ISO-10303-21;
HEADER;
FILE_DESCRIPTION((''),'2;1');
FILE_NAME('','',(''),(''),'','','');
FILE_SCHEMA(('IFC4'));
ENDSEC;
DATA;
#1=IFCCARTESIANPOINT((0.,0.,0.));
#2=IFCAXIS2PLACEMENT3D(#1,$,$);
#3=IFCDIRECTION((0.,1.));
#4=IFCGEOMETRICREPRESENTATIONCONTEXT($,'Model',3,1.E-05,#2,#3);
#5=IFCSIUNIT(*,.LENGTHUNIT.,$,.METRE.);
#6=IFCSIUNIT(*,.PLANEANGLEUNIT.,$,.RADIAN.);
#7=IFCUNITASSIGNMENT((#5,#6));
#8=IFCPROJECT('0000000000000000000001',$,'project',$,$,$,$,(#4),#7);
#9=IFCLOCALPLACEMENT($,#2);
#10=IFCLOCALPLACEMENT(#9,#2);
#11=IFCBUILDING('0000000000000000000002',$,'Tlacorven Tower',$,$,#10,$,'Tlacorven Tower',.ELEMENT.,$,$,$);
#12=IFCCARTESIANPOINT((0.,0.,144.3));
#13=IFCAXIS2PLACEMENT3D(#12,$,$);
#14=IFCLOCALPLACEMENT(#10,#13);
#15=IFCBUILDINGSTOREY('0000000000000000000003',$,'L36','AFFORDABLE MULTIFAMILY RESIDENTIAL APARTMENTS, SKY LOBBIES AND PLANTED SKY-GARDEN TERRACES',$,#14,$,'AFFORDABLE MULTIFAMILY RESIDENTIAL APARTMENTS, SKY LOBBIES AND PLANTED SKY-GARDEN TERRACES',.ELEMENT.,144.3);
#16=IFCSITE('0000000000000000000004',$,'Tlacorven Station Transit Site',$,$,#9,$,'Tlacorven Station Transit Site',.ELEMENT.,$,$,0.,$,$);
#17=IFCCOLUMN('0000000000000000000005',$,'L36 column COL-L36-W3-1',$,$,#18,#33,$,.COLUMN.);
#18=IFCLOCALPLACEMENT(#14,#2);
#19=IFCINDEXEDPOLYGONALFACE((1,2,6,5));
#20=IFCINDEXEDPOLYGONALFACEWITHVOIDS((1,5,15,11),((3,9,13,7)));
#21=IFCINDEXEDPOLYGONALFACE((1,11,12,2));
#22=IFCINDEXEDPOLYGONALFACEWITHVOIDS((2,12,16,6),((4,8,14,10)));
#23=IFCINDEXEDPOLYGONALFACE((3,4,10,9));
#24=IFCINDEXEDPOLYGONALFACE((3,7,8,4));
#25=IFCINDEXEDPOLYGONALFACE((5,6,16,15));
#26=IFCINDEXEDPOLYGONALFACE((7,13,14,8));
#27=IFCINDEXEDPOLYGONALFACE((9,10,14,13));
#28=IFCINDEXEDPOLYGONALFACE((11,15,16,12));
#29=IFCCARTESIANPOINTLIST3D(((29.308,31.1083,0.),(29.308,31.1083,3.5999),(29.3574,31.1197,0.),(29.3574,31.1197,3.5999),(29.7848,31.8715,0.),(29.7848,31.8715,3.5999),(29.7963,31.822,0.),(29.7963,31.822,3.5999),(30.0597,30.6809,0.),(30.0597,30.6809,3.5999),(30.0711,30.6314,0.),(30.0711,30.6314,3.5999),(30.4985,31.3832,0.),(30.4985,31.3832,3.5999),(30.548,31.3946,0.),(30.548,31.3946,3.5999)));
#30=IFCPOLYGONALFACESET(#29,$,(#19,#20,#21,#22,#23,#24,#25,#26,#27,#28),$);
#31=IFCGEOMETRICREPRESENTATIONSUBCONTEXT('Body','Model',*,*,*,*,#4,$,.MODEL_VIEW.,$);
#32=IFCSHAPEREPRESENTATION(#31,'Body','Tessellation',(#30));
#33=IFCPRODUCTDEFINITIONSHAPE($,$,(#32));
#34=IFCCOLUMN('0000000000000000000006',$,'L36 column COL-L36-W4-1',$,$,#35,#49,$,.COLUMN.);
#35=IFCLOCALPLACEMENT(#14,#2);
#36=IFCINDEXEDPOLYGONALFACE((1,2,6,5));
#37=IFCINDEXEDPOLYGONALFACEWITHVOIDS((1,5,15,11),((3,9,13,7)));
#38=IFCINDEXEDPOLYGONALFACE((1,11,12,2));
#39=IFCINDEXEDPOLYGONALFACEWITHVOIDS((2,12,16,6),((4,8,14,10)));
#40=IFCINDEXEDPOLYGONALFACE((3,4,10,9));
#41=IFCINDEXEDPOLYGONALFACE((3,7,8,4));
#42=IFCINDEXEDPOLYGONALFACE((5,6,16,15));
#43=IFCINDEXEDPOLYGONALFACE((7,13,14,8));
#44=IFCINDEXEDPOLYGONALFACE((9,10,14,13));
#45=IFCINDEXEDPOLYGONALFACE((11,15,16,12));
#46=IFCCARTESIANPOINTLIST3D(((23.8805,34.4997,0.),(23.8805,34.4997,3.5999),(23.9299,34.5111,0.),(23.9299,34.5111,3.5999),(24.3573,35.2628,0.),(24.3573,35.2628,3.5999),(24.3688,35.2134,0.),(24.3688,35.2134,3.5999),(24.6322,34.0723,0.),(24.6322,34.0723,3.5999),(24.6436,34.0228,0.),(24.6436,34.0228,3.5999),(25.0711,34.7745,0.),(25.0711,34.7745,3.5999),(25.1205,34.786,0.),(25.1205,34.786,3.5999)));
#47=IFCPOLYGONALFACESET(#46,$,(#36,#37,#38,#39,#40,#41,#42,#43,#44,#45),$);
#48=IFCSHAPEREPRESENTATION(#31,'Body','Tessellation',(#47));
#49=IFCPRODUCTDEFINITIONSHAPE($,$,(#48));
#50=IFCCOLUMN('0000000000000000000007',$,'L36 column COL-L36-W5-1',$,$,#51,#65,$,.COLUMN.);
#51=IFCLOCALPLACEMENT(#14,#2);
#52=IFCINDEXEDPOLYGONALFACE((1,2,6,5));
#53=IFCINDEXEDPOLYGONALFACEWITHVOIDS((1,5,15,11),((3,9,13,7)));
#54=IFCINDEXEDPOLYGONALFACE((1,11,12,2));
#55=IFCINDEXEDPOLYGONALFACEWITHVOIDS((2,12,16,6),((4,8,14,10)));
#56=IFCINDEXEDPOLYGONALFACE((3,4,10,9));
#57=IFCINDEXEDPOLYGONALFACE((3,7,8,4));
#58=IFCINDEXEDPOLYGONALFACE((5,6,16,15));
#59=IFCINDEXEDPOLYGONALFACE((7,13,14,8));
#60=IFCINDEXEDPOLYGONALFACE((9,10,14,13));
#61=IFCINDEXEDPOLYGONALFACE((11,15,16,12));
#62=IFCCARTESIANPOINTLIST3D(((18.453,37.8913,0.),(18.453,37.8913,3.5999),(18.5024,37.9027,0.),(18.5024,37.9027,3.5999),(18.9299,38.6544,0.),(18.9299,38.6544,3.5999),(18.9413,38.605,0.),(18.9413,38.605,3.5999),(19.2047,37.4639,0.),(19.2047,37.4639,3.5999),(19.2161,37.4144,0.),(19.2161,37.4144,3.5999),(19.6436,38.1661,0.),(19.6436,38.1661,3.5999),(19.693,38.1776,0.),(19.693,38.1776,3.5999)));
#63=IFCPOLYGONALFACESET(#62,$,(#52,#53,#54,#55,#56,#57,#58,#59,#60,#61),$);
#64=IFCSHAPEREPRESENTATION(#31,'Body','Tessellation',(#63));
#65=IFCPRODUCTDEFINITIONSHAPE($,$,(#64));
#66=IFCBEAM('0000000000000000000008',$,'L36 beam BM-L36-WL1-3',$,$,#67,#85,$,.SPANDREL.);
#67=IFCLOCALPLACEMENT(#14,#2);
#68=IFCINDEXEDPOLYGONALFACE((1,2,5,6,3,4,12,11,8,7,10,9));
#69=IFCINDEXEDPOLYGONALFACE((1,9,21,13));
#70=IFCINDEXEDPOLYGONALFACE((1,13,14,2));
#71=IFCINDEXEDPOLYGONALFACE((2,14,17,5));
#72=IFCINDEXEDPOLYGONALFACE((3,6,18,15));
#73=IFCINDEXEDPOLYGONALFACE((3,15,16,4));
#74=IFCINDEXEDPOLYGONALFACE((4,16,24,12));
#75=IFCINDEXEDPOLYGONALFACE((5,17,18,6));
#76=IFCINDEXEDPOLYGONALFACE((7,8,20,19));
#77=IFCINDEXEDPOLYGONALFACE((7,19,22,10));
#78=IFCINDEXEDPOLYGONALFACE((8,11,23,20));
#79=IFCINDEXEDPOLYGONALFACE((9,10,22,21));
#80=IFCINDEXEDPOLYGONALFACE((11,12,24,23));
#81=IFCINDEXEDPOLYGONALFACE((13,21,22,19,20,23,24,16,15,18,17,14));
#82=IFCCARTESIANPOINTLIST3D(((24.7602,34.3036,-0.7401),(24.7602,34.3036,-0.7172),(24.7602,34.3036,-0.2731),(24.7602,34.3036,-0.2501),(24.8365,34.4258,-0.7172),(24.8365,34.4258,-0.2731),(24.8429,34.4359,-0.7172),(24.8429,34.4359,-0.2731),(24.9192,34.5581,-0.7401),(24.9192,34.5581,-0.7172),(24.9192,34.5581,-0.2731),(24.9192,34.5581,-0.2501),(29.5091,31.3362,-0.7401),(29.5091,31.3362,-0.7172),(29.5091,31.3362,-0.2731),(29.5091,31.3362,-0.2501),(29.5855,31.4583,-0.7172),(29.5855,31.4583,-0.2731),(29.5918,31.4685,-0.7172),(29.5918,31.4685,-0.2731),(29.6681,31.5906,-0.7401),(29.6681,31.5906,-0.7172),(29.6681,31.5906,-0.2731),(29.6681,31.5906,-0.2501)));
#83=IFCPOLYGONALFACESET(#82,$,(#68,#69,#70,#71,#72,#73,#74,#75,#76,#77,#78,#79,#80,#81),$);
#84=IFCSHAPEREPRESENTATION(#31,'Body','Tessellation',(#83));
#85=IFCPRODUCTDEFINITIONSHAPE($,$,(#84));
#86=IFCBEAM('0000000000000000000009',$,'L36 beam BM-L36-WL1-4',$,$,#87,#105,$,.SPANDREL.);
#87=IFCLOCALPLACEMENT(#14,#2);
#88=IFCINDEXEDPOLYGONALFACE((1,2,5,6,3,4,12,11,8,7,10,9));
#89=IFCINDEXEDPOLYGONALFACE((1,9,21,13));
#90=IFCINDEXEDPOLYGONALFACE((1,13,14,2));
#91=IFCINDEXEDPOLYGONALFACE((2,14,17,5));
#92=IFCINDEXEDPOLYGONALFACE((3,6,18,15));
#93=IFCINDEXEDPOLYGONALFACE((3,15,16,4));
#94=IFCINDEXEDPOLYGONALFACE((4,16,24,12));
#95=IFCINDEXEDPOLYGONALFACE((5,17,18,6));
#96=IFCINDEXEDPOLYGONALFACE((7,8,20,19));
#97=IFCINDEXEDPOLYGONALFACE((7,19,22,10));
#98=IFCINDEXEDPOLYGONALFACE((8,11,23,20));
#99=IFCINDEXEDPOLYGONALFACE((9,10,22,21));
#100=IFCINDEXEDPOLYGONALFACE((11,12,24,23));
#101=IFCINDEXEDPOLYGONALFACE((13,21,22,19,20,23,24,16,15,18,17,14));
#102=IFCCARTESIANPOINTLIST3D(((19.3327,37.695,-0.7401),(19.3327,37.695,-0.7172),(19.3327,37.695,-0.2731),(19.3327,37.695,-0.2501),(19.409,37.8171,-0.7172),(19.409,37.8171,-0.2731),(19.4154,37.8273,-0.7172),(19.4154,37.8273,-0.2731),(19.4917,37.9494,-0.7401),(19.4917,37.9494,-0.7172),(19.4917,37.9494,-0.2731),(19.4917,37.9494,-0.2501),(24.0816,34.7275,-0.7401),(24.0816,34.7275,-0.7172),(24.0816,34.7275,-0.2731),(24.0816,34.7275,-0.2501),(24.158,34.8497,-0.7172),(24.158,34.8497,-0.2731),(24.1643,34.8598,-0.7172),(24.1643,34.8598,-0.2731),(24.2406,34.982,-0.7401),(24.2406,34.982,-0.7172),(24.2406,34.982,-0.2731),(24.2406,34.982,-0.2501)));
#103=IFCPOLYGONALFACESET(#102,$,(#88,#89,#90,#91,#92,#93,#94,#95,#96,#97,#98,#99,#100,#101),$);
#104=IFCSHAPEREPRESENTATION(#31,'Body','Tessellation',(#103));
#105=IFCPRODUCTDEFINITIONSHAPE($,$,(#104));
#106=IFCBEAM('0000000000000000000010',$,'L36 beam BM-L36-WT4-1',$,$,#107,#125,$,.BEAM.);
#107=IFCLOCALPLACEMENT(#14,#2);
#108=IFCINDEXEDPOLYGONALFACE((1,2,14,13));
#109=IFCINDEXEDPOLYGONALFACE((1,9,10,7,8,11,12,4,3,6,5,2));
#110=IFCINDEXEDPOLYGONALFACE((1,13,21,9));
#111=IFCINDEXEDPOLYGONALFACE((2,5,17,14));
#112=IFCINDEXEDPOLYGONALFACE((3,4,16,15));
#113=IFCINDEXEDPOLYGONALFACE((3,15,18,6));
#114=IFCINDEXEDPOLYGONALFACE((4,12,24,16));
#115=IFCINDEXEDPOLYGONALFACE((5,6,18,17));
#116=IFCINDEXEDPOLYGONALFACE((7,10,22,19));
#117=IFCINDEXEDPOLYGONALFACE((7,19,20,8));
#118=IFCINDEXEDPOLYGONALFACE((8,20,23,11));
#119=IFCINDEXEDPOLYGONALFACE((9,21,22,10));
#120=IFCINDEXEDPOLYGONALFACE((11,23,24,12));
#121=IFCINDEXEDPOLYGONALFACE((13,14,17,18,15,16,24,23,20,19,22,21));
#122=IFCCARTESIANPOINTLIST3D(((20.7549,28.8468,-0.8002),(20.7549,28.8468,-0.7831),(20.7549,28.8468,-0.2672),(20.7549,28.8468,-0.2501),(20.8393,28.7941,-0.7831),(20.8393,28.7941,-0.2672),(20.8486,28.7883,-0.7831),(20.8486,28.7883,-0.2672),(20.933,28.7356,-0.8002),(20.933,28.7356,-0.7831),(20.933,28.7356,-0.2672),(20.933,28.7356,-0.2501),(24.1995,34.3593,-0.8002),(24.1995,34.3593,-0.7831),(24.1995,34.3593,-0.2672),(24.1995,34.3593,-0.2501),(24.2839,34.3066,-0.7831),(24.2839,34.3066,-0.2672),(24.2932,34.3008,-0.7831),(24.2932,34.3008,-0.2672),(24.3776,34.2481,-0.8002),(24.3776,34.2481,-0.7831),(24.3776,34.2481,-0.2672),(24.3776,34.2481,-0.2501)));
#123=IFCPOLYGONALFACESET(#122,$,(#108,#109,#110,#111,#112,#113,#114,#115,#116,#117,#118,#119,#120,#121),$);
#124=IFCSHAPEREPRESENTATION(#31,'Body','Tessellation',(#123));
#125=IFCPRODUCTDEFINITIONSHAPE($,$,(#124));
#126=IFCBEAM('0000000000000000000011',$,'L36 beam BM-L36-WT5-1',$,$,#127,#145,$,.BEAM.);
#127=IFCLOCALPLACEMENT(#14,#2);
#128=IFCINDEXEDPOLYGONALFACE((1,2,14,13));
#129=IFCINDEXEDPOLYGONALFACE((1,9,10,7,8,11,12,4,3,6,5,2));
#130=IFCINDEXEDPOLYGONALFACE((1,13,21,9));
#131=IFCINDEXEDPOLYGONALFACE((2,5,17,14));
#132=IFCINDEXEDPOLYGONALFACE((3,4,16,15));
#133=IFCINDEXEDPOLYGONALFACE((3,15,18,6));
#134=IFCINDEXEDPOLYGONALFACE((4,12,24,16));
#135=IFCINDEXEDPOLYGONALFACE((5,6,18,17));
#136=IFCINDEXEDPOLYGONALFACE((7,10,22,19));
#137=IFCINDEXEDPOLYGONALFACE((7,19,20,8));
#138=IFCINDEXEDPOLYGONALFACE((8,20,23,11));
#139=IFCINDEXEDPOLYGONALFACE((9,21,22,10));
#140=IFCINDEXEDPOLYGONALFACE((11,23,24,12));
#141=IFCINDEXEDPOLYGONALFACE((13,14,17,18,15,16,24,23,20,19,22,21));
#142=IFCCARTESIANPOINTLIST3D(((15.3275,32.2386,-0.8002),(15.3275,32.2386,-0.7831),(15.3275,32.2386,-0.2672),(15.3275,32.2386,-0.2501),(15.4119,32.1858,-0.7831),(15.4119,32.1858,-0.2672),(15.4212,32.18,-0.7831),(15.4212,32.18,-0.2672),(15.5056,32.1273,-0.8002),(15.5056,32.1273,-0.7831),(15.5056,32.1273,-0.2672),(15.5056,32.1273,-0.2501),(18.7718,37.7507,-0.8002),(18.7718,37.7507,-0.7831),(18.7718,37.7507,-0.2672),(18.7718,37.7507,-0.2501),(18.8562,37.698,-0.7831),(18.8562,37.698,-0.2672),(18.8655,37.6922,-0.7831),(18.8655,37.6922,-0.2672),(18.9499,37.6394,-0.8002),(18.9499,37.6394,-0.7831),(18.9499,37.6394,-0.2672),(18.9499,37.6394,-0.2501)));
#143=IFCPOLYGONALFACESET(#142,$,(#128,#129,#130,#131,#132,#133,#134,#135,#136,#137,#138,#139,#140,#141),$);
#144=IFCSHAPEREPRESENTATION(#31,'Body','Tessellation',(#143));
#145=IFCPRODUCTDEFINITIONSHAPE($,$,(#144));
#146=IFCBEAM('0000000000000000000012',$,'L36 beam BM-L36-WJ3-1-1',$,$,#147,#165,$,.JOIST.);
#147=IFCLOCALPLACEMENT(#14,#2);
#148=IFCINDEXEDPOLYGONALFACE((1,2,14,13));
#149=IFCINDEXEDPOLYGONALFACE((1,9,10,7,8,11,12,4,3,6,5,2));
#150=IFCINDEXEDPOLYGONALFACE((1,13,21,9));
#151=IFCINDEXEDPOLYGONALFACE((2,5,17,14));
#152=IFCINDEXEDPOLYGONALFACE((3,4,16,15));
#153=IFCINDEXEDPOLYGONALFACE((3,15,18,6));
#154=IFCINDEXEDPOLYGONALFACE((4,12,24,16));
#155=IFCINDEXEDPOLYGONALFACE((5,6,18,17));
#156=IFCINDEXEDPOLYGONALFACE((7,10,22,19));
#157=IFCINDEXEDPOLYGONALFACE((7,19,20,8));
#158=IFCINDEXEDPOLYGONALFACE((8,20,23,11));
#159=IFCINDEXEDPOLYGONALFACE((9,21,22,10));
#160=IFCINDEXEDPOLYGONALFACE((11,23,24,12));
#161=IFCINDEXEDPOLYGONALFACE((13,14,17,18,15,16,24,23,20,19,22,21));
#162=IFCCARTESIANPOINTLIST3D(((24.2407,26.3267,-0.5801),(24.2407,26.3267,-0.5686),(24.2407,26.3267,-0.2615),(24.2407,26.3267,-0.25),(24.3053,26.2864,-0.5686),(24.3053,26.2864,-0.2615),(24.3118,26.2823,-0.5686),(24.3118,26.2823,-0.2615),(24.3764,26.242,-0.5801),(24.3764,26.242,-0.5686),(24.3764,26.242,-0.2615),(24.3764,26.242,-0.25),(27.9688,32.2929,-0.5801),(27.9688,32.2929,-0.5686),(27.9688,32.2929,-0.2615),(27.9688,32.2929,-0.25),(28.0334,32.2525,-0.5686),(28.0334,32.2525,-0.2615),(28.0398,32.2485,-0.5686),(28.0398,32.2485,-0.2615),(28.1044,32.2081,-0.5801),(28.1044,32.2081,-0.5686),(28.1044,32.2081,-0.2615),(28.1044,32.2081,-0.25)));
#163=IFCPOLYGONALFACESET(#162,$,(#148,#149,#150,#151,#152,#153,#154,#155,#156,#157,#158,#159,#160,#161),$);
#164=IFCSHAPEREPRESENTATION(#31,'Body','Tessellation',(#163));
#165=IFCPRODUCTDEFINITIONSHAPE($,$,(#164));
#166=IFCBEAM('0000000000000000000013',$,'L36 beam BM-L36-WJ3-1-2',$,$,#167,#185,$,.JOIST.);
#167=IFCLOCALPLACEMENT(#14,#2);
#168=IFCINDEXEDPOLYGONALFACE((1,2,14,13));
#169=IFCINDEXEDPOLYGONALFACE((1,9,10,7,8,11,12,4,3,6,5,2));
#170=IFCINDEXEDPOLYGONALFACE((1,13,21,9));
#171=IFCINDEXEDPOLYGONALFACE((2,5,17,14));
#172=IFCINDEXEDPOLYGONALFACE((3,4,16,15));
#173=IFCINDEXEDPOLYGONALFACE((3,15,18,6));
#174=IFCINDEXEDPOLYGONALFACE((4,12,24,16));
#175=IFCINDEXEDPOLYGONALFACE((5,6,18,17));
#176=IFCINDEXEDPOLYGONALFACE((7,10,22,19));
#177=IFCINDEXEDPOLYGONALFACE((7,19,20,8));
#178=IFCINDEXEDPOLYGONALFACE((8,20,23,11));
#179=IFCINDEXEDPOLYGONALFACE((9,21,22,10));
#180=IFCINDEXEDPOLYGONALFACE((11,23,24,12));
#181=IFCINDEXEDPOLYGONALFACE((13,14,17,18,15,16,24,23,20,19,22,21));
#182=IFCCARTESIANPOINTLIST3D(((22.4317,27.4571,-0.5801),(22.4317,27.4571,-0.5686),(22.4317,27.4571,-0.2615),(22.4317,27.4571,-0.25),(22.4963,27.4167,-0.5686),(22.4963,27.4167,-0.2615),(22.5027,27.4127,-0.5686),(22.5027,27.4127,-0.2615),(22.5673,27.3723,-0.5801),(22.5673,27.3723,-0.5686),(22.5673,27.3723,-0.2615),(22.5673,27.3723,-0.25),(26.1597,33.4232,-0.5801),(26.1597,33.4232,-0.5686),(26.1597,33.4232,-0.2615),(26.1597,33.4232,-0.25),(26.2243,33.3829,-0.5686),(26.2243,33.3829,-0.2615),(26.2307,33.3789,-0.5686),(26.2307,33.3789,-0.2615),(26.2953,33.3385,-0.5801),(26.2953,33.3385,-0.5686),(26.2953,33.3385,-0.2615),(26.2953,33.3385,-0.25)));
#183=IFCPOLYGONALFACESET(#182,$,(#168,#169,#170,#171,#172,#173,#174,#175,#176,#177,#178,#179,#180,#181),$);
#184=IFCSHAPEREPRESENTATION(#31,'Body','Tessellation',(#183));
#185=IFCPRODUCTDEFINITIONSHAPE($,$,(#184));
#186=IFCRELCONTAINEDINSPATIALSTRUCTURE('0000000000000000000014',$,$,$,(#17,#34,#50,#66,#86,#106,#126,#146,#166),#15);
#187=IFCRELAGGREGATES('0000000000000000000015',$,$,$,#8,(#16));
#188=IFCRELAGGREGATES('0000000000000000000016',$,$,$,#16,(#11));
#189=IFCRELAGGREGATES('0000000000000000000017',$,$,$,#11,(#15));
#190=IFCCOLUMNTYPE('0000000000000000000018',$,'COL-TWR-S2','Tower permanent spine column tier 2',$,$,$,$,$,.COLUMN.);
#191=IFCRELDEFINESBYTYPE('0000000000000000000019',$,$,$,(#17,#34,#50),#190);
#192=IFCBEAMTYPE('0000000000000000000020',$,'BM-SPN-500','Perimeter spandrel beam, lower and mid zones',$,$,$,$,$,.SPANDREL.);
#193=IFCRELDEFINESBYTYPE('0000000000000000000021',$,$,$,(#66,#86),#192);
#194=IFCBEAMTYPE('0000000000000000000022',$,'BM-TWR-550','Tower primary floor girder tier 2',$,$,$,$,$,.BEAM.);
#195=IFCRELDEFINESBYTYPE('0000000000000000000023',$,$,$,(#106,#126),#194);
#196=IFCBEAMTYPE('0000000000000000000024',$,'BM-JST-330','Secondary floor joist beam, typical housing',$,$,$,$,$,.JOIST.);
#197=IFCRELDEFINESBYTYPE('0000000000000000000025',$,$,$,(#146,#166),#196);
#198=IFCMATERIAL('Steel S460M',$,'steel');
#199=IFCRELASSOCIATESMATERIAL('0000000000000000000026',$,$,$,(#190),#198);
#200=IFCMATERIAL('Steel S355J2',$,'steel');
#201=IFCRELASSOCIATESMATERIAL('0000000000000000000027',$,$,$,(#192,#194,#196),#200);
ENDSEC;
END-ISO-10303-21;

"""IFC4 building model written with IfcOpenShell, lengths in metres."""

from ifc_helpers import new_model, si_unit, direction, frame, origin, origin_2d, place, context, subcontext, project, spatial, hollow_rectangle, i_section, extrude, source, transform, mapped, material, material_profile, profile_set, type_object, element, save


model = new_model("IFC4")

# Units and contexts
model_context = context("Model", 3, precision=1e-05, world=origin(), true_north=direction((0.0, 1.0)))
body_context = subcontext(model_context, "Body", "Model", "MODEL_VIEW")
ifc_project = project(units=[si_unit("LENGTHUNIT", "METRE"), si_unit("PLANEANGLEUNIT", "RADIAN")], contexts=[model_context])

# Site, building, storey
site_placement = place(None, origin())
site = spatial("IfcSite", under=ifc_project, at=site_placement, Name="Tlacorven Station Transit Site", LongName="Tlacorven Station Transit Site", CompositionType="ELEMENT", RefElevation=0.0)
building_placement = place(site_placement, origin())
building = spatial("IfcBuilding", under=site, at=building_placement, Name="Tlacorven Tower", LongName="Tlacorven Tower", CompositionType="ELEMENT")
storey_placement = place(building_placement, frame((0.0, 0.0, 144.3)))
storey = spatial("IfcBuildingStorey", under=building, at=storey_placement, Name="L36", Description="AFFORDABLE MULTIFAMILY RESIDENTIAL APARTMENTS, SKY LOBBIES AND PLANTED SKY-GARDEN TERRACES", LongName="AFFORDABLE MULTIFAMILY RESIDENTIAL APARTMENTS, SKY LOBBIES AND PLANTED SKY-GARDEN TERRACES", CompositionType="ELEMENT", Elevation=144.3)

# Columns
ifc_material_1 = material(Name="Steel S460M", Category="steel")
ifc_material_profile_1 = material_profile(ifc_material_1, hollow_rectangle(XDim=0.8999, YDim=0.8999, WallThickness=0.0359, at=origin_2d()), Name="BOX 900X900X36")
ifc_profile_set_1 = profile_set([ifc_material_profile_1], Name="Steel S460M")
column_type = type_object("IfcColumnType", Name="COL-TWR-S2", Description="Tower permanent spine column tier 2", PredefinedType="COLUMN", material=ifc_profile_set_1)
shared_shape_1 = source(origin(), body_context, "Body", "SweptSolid", [
    extrude(hollow_rectangle(XDim=0.8999, YDim=0.8999, WallThickness=0.0359, at=origin_2d()), origin(), (0.0, 0.0, 1.0), 3.5999),
])
for number, where, z_axis, x_axis, name in (
    (1, (29.928, 31.2515, 0.0), (0.0, 0.0, 1.0), (-0.848048, 0.529919, 0.0), "L36 column COL-L36-W3-1"),
    (2, (24.5005, 34.6428, 0.0), (0.0, 0.0, 1.0), (-0.848048, 0.529919, 0.0), "L36 column COL-L36-W4-1"),
    (3, (19.073, 38.0344, 0.0), (0.0, 0.0, 1.0), (-0.848048, 0.529919, 0.0), "L36 column COL-L36-W5-1"),
):
    element("IfcColumn", number, at=place(storey_placement, frame(where, z_axis=z_axis, x_axis=x_axis)), inside=storey, type_object=column_type, Name=name, PredefinedType="COLUMN", context=body_context, shape_type="MappedRepresentation", body=[
        mapped(shared_shape_1, transform((0.0, 0.0, 0.0), scale=1.0)),
    ])

# Beams
ifc_material_2 = material(Name="Steel S355J2", Category="steel")
ifc_material_profile_2 = material_profile(ifc_material_2, i_section(OverallWidth=0.3, OverallDepth=0.49, WebThickness=0.012, FlangeThickness=0.0229, at=origin_2d()), Name="HEA 500")
ifc_profile_set_2 = profile_set([ifc_material_profile_2], Name="Steel S355J2")
beam_type_1 = type_object("IfcBeamType", Name="BM-SPN-500", Description="Perimeter spandrel beam, lower and mid zones", PredefinedType="SPANDREL", material=ifc_profile_set_2)
shared_shape_2 = source(origin(), body_context, "Body", "SweptSolid", [
    extrude(i_section(OverallWidth=0.3, OverallDepth=0.49, WebThickness=0.012, FlangeThickness=0.0229, at=origin_2d()), origin(), (0.0, 0.0, 1.0), 5.5999),
])
for number, where, z_axis, x_axis, name in (
    (4, (29.5886, 31.4634, -0.4951), (-0.848047, 0.529921, 0.0), (-0.529921, -0.848047, 0.0), "L36 beam BM-L36-WL1-3"),
    (5, (24.1611, 34.8547, -0.4951), (-0.848047, 0.529921, 0.0), (-0.529921, -0.848047, 0.0), "L36 beam BM-L36-WL1-4"),
):
    element("IfcBeam", number, at=place(storey_placement, frame(where, z_axis=z_axis, x_axis=x_axis)), inside=storey, type_object=beam_type_1, Name=name, PredefinedType="SPANDREL", context=body_context, shape_type="MappedRepresentation", body=[
        mapped(shared_shape_2, transform((0.0, 0.0, 0.0), scale=1.0)),
    ])
ifc_material_profile_3 = material_profile(ifc_material_2, i_section(OverallWidth=0.21, OverallDepth=0.55, WebThickness=0.011, FlangeThickness=0.0171, at=origin_2d()), Name="IPE 550")
ifc_profile_set_3 = profile_set([ifc_material_profile_3], Name="Steel S355J2")
beam_type_2 = type_object("IfcBeamType", Name="BM-TWR-550", Description="Tower primary floor girder tier 2", PredefinedType="BEAM", material=ifc_profile_set_3)
shared_shape_3 = source(origin(), body_context, "Body", "SweptSolid", [
    extrude(i_section(OverallWidth=0.21, OverallDepth=0.55, WebThickness=0.011, FlangeThickness=0.0171, at=origin_2d()), origin(), (0.0, 0.0, 1.0), 6.5002),
])
beam_1_placement = place(storey_placement, frame((24.2886, 34.3037, -0.5251), z_axis=(-0.529921, -0.848047, 0.0), x_axis=(0.848047, -0.529921, 0.0)))
element("IfcBeam", 6, at=beam_1_placement, inside=storey, type_object=beam_type_2, Name="L36 beam BM-L36-WT4-1", PredefinedType="BEAM", context=body_context, shape_type="MappedRepresentation", body=[
    mapped(shared_shape_3, transform((0.0, 0.0, 0.0), scale=1.0)),
])
shared_shape_4 = source(origin(), body_context, "Body", "SweptSolid", [
    extrude(i_section(OverallWidth=0.21, OverallDepth=0.55, WebThickness=0.011, FlangeThickness=0.0171, at=origin_2d()), origin(), (0.0, 0.0, 1.0), 6.4998),
])
beam_2_placement = place(storey_placement, frame((18.8608, 37.6951, -0.5251), z_axis=(-0.529911, -0.848053, 0.0), x_axis=(0.848053, -0.529911, 0.0)))
element("IfcBeam", 7, at=beam_2_placement, inside=storey, type_object=beam_type_2, Name="L36 beam BM-L36-WT5-1", PredefinedType="BEAM", context=body_context, shape_type="MappedRepresentation", body=[
    mapped(shared_shape_4, transform((0.0, 0.0, 0.0), scale=1.0)),
])
ifc_material_profile_4 = material_profile(ifc_material_2, i_section(OverallWidth=0.1599, OverallDepth=0.3301, WebThickness=0.0076, FlangeThickness=0.0115, at=origin_2d()), Name="IPE 330")
ifc_profile_set_4 = profile_set([ifc_material_profile_4], Name="Steel S355J2")
beam_type_3 = type_object("IfcBeamType", Name="BM-JST-330", Description="Secondary floor joist beam, typical housing", PredefinedType="JOIST", material=ifc_profile_set_4)
shared_shape_5 = source(origin(), body_context, "Body", "SweptSolid", [
    extrude(i_section(OverallWidth=0.1599, OverallDepth=0.3301, WebThickness=0.0076, FlangeThickness=0.0115, at=origin_2d()), origin(), (0.0, 0.0, 1.0), 7.0352),
])
for number, where, z_axis, x_axis, name in (
    (8, (28.0366, 32.2505, -0.415), (-0.529921, -0.848047, 0.0), (0.848047, -0.529921, 0.0), "L36 beam BM-L36-WJ3-1-1"),
    (9, (26.2275, 33.3809, -0.415), (-0.529921, -0.848047, 0.0), (0.848047, -0.529921, 0.0), "L36 beam BM-L36-WJ3-1-2"),
):
    element("IfcBeam", number, at=place(storey_placement, frame(where, z_axis=z_axis, x_axis=x_axis)), inside=storey, type_object=beam_type_3, Name=name, PredefinedType="JOIST", context=body_context, shape_type="MappedRepresentation", body=[
        mapped(shared_shape_5, transform((0.0, 0.0, 0.0), scale=1.0)),
    ])

save(model, "model.ifc")
